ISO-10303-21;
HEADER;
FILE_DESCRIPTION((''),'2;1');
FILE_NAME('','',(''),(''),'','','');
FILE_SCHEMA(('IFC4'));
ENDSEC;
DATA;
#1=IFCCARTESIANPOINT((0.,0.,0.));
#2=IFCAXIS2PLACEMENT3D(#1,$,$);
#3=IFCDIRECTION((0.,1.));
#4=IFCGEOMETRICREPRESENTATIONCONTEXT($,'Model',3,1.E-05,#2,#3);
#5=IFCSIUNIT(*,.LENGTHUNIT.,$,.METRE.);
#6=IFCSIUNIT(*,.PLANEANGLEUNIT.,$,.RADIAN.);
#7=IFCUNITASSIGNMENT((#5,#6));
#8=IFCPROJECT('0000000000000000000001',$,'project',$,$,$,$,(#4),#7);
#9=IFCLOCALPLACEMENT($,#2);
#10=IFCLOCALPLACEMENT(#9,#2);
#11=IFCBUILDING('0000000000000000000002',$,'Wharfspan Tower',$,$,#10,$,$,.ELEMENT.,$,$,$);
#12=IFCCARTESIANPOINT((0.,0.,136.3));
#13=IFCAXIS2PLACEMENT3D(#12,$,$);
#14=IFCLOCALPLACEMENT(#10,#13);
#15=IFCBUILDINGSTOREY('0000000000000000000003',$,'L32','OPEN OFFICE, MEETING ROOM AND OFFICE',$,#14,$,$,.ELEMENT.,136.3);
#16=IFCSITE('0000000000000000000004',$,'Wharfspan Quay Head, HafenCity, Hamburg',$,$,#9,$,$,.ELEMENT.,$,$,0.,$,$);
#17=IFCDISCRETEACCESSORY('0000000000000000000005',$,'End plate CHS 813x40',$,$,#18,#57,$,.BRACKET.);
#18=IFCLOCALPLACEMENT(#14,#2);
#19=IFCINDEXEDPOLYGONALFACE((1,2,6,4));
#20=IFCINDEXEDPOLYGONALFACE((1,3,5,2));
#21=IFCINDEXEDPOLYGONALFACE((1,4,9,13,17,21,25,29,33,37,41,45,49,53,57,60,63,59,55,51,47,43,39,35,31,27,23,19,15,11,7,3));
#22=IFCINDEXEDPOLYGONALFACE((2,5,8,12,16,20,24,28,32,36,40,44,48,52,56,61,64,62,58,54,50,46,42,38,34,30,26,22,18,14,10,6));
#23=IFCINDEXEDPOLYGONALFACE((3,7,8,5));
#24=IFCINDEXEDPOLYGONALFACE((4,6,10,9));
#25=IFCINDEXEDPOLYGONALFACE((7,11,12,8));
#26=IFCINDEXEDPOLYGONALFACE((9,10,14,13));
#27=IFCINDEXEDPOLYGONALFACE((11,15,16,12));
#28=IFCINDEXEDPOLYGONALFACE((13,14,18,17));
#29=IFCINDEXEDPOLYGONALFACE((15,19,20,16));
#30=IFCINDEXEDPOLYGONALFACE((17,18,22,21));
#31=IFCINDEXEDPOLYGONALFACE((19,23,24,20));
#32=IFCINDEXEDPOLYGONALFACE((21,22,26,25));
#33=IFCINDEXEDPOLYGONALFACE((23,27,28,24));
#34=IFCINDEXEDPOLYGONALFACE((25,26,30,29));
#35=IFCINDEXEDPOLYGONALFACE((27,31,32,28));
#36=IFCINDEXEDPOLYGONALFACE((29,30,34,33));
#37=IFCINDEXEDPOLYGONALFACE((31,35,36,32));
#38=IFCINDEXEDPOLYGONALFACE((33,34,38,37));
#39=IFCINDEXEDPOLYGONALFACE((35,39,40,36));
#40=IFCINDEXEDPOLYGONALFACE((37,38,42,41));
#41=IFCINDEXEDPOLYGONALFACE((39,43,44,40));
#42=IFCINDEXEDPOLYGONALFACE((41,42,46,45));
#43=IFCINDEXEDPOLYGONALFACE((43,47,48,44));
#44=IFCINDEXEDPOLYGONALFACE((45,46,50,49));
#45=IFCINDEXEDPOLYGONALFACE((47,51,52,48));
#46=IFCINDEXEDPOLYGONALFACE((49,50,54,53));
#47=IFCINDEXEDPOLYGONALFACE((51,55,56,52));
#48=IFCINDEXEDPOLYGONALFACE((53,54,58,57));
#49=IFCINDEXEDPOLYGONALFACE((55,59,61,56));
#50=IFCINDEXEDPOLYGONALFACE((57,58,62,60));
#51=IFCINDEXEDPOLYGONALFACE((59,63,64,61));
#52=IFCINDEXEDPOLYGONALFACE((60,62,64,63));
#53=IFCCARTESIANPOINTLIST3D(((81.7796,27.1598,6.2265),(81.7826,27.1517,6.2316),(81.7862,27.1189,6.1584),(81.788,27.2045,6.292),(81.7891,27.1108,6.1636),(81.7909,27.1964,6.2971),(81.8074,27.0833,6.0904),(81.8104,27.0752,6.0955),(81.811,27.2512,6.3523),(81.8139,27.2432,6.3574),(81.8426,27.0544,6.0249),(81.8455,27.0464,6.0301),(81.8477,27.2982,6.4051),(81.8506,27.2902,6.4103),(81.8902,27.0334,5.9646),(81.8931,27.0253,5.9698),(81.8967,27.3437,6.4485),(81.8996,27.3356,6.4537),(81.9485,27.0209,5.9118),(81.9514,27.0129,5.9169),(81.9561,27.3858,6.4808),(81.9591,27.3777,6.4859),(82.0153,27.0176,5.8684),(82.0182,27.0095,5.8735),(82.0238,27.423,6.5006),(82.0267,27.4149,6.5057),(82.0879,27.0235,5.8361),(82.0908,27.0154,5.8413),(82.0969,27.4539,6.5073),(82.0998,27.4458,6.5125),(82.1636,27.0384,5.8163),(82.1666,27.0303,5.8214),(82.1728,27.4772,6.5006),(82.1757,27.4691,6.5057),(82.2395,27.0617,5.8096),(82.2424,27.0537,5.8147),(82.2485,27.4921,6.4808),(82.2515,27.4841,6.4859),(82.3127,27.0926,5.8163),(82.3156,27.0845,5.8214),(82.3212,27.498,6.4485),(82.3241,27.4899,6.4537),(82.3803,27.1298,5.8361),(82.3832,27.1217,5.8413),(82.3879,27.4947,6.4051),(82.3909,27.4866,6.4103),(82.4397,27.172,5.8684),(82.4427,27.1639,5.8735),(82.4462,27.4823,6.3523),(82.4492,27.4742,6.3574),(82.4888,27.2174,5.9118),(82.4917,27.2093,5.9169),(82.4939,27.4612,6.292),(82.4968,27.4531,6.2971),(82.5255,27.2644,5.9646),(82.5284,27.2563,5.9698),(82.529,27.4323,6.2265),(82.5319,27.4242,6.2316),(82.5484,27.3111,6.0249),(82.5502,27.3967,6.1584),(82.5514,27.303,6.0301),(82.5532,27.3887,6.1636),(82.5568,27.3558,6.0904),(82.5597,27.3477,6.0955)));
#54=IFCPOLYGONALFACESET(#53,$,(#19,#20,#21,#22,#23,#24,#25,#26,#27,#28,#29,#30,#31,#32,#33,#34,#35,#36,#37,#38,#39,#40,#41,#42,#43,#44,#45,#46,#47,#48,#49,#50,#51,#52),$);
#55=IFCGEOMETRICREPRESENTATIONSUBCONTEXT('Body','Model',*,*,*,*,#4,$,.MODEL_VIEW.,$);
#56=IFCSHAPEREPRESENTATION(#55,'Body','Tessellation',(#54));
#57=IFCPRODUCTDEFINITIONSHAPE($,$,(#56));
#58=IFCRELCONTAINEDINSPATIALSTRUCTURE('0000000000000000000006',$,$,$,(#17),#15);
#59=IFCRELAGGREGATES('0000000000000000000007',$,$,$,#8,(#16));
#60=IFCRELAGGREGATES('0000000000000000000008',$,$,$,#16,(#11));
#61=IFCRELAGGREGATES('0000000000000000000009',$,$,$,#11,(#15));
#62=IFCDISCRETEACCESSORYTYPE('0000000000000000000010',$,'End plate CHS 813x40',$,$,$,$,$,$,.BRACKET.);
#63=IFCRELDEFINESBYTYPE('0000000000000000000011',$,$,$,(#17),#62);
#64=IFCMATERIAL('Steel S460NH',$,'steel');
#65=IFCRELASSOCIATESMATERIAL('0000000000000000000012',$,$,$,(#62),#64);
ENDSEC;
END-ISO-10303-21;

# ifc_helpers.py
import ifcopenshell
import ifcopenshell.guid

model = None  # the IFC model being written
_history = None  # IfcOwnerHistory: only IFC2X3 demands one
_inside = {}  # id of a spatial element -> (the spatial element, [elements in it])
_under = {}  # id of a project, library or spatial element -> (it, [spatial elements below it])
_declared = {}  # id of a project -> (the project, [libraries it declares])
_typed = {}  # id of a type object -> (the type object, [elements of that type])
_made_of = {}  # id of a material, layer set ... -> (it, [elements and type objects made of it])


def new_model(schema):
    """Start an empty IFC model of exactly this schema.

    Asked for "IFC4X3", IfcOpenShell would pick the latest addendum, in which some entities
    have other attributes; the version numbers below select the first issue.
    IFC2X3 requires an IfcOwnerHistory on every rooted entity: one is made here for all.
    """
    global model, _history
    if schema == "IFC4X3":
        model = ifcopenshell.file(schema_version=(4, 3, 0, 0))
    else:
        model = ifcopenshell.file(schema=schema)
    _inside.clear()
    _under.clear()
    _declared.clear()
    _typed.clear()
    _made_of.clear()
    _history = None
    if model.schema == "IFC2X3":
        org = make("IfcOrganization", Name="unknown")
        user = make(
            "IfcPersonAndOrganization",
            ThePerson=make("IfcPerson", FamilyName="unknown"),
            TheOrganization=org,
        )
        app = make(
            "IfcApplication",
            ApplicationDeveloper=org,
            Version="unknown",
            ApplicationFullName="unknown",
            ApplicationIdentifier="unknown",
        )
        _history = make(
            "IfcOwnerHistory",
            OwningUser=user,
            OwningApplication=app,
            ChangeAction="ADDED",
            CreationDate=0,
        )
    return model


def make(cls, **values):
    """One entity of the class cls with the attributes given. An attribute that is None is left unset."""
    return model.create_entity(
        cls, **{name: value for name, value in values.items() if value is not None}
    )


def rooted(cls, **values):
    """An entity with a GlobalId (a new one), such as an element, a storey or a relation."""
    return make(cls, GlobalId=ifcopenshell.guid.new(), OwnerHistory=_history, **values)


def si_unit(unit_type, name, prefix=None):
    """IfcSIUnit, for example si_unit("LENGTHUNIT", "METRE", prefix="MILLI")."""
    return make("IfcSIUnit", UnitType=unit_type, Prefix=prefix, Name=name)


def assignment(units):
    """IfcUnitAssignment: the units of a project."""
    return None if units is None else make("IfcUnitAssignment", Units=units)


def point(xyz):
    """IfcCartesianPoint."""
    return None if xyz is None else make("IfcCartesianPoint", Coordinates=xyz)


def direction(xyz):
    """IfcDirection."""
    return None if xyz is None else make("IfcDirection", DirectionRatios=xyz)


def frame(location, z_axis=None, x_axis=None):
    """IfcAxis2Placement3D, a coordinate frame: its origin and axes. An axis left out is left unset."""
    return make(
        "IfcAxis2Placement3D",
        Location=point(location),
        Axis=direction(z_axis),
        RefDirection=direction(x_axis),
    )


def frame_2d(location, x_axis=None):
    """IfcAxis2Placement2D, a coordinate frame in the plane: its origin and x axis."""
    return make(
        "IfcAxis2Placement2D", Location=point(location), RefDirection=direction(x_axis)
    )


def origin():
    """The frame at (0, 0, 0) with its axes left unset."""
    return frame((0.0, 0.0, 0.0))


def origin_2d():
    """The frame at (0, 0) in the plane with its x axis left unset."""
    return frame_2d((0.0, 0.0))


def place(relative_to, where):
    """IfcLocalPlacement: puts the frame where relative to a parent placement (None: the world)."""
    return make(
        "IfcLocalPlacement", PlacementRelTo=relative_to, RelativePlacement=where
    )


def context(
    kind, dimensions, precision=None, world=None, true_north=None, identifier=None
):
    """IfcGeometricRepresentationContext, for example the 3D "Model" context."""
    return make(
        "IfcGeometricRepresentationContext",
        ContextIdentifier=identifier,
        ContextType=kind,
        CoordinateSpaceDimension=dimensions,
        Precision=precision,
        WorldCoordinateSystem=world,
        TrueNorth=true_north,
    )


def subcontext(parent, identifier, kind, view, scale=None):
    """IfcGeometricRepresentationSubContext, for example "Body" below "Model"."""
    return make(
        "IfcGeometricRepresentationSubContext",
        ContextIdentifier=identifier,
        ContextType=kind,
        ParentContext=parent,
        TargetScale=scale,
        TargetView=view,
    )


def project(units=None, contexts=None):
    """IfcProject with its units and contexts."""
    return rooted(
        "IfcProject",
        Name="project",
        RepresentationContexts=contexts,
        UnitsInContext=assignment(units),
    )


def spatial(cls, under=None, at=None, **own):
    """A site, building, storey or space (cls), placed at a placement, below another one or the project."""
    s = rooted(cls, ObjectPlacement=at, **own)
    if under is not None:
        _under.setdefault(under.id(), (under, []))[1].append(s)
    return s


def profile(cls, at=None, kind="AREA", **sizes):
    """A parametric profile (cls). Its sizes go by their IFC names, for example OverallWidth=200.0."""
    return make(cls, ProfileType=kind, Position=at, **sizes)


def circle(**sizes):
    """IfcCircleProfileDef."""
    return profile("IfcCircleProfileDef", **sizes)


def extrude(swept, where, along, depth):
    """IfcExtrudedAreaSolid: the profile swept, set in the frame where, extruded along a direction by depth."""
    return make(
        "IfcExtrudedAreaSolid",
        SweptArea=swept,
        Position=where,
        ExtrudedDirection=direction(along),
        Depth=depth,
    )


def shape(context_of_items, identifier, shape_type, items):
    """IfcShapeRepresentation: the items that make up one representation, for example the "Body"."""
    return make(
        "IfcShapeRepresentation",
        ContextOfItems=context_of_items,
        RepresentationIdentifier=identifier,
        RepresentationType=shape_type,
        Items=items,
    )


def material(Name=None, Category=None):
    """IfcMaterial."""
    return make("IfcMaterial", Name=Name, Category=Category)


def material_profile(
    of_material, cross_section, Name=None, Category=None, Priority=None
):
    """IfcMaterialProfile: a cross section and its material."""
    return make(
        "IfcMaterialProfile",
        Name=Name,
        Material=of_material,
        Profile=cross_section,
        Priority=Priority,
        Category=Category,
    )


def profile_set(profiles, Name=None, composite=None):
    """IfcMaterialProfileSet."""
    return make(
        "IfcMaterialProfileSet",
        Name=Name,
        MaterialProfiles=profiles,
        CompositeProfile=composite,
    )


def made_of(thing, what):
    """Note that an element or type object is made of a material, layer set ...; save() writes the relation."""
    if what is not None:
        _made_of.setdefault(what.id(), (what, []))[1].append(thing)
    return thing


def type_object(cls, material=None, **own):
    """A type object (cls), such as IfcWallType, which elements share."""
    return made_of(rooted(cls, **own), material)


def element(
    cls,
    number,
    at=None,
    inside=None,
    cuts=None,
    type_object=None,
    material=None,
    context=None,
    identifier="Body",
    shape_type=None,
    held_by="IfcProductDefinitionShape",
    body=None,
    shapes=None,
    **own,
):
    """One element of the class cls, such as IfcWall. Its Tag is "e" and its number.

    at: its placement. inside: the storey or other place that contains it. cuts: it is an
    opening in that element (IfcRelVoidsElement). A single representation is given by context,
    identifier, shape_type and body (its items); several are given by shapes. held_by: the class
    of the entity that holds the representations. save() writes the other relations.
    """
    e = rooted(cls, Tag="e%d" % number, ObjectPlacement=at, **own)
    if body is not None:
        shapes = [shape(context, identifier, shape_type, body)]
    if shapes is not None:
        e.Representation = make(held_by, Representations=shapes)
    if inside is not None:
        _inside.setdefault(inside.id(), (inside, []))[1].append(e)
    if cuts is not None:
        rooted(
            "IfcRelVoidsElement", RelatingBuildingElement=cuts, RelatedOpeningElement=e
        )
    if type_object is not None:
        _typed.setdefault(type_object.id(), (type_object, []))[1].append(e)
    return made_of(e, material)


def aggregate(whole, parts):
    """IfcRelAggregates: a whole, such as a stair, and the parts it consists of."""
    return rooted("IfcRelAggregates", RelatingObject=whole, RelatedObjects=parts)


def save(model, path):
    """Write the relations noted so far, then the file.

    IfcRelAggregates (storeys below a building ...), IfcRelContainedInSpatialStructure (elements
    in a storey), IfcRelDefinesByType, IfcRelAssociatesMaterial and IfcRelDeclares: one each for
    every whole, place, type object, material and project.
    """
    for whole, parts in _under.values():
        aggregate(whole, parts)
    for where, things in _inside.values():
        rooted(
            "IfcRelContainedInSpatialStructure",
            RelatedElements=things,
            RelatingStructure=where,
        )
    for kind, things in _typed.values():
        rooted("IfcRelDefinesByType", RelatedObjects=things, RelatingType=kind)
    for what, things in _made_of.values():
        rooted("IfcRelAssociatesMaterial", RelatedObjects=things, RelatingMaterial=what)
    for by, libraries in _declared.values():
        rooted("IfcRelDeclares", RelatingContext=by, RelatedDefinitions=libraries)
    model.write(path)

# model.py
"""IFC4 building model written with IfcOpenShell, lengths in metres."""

from ifc_helpers import new_model, si_unit, direction, frame, origin, origin_2d, place, context, subcontext, project, spatial, circle, extrude, material, material_profile, profile_set, type_object, element, save


model = new_model("IFC4")

# Units and contexts
model_context = context("Model", 3, precision=1e-05, world=origin(), true_north=direction((0.0, 1.0)))
body_context = subcontext(model_context, "Body", "Model", "MODEL_VIEW")
ifc_project = project(units=[si_unit("LENGTHUNIT", "METRE"), si_unit("PLANEANGLEUNIT", "RADIAN")], contexts=[model_context])

# Site, building, storey
site_placement = place(None, origin())
site = spatial("IfcSite", under=ifc_project, at=site_placement, Name="Wharfspan Quay Head, HafenCity, Hamburg", CompositionType="ELEMENT", RefElevation=0.0)
building_placement = place(site_placement, origin())
building = spatial("IfcBuilding", under=site, at=building_placement, Name="Wharfspan Tower", CompositionType="ELEMENT")
storey_placement = place(building_placement, frame((0.0, 0.0, 136.3)))
storey = spatial("IfcBuildingStorey", under=building, at=storey_placement, Name="L32", Description="OPEN OFFICE, MEETING ROOM AND OFFICE", CompositionType="ELEMENT", Elevation=136.3)

# Shared definitions
ifc_material_1 = material(Name="Steel S460NH", Category="steel")

# Discrete accessory
ifc_material_profile_1 = material_profile(ifc_material_1, circle(Radius=0.4065, at=origin_2d()))
ifc_profile_set_1 = profile_set([ifc_material_profile_1], Name="Steel S460NH")
discrete_accessory_type = type_object("IfcDiscreteAccessoryType", Name="End plate CHS 813x40", PredefinedType="BRACKET", material=ifc_profile_set_1)
discrete_accessory_1_placement = place(storey_placement, frame((82.1682, 27.2578, 6.1584), z_axis=(0.293294, -0.806559, 0.513265), x_axis=(0.939791, 0.341742, 0.0)))
element("IfcDiscreteAccessory", 1, at=discrete_accessory_1_placement, inside=storey, type_object=discrete_accessory_type, Name="End plate CHS 813x40", PredefinedType="BRACKET", context=body_context, shape_type="SweptSolid", body=[
    extrude(circle(Radius=0.4065, at=origin_2d()), origin(), (0.0, 0.0, 1.0), 0.01),
])

save(model, "model.ifc")
